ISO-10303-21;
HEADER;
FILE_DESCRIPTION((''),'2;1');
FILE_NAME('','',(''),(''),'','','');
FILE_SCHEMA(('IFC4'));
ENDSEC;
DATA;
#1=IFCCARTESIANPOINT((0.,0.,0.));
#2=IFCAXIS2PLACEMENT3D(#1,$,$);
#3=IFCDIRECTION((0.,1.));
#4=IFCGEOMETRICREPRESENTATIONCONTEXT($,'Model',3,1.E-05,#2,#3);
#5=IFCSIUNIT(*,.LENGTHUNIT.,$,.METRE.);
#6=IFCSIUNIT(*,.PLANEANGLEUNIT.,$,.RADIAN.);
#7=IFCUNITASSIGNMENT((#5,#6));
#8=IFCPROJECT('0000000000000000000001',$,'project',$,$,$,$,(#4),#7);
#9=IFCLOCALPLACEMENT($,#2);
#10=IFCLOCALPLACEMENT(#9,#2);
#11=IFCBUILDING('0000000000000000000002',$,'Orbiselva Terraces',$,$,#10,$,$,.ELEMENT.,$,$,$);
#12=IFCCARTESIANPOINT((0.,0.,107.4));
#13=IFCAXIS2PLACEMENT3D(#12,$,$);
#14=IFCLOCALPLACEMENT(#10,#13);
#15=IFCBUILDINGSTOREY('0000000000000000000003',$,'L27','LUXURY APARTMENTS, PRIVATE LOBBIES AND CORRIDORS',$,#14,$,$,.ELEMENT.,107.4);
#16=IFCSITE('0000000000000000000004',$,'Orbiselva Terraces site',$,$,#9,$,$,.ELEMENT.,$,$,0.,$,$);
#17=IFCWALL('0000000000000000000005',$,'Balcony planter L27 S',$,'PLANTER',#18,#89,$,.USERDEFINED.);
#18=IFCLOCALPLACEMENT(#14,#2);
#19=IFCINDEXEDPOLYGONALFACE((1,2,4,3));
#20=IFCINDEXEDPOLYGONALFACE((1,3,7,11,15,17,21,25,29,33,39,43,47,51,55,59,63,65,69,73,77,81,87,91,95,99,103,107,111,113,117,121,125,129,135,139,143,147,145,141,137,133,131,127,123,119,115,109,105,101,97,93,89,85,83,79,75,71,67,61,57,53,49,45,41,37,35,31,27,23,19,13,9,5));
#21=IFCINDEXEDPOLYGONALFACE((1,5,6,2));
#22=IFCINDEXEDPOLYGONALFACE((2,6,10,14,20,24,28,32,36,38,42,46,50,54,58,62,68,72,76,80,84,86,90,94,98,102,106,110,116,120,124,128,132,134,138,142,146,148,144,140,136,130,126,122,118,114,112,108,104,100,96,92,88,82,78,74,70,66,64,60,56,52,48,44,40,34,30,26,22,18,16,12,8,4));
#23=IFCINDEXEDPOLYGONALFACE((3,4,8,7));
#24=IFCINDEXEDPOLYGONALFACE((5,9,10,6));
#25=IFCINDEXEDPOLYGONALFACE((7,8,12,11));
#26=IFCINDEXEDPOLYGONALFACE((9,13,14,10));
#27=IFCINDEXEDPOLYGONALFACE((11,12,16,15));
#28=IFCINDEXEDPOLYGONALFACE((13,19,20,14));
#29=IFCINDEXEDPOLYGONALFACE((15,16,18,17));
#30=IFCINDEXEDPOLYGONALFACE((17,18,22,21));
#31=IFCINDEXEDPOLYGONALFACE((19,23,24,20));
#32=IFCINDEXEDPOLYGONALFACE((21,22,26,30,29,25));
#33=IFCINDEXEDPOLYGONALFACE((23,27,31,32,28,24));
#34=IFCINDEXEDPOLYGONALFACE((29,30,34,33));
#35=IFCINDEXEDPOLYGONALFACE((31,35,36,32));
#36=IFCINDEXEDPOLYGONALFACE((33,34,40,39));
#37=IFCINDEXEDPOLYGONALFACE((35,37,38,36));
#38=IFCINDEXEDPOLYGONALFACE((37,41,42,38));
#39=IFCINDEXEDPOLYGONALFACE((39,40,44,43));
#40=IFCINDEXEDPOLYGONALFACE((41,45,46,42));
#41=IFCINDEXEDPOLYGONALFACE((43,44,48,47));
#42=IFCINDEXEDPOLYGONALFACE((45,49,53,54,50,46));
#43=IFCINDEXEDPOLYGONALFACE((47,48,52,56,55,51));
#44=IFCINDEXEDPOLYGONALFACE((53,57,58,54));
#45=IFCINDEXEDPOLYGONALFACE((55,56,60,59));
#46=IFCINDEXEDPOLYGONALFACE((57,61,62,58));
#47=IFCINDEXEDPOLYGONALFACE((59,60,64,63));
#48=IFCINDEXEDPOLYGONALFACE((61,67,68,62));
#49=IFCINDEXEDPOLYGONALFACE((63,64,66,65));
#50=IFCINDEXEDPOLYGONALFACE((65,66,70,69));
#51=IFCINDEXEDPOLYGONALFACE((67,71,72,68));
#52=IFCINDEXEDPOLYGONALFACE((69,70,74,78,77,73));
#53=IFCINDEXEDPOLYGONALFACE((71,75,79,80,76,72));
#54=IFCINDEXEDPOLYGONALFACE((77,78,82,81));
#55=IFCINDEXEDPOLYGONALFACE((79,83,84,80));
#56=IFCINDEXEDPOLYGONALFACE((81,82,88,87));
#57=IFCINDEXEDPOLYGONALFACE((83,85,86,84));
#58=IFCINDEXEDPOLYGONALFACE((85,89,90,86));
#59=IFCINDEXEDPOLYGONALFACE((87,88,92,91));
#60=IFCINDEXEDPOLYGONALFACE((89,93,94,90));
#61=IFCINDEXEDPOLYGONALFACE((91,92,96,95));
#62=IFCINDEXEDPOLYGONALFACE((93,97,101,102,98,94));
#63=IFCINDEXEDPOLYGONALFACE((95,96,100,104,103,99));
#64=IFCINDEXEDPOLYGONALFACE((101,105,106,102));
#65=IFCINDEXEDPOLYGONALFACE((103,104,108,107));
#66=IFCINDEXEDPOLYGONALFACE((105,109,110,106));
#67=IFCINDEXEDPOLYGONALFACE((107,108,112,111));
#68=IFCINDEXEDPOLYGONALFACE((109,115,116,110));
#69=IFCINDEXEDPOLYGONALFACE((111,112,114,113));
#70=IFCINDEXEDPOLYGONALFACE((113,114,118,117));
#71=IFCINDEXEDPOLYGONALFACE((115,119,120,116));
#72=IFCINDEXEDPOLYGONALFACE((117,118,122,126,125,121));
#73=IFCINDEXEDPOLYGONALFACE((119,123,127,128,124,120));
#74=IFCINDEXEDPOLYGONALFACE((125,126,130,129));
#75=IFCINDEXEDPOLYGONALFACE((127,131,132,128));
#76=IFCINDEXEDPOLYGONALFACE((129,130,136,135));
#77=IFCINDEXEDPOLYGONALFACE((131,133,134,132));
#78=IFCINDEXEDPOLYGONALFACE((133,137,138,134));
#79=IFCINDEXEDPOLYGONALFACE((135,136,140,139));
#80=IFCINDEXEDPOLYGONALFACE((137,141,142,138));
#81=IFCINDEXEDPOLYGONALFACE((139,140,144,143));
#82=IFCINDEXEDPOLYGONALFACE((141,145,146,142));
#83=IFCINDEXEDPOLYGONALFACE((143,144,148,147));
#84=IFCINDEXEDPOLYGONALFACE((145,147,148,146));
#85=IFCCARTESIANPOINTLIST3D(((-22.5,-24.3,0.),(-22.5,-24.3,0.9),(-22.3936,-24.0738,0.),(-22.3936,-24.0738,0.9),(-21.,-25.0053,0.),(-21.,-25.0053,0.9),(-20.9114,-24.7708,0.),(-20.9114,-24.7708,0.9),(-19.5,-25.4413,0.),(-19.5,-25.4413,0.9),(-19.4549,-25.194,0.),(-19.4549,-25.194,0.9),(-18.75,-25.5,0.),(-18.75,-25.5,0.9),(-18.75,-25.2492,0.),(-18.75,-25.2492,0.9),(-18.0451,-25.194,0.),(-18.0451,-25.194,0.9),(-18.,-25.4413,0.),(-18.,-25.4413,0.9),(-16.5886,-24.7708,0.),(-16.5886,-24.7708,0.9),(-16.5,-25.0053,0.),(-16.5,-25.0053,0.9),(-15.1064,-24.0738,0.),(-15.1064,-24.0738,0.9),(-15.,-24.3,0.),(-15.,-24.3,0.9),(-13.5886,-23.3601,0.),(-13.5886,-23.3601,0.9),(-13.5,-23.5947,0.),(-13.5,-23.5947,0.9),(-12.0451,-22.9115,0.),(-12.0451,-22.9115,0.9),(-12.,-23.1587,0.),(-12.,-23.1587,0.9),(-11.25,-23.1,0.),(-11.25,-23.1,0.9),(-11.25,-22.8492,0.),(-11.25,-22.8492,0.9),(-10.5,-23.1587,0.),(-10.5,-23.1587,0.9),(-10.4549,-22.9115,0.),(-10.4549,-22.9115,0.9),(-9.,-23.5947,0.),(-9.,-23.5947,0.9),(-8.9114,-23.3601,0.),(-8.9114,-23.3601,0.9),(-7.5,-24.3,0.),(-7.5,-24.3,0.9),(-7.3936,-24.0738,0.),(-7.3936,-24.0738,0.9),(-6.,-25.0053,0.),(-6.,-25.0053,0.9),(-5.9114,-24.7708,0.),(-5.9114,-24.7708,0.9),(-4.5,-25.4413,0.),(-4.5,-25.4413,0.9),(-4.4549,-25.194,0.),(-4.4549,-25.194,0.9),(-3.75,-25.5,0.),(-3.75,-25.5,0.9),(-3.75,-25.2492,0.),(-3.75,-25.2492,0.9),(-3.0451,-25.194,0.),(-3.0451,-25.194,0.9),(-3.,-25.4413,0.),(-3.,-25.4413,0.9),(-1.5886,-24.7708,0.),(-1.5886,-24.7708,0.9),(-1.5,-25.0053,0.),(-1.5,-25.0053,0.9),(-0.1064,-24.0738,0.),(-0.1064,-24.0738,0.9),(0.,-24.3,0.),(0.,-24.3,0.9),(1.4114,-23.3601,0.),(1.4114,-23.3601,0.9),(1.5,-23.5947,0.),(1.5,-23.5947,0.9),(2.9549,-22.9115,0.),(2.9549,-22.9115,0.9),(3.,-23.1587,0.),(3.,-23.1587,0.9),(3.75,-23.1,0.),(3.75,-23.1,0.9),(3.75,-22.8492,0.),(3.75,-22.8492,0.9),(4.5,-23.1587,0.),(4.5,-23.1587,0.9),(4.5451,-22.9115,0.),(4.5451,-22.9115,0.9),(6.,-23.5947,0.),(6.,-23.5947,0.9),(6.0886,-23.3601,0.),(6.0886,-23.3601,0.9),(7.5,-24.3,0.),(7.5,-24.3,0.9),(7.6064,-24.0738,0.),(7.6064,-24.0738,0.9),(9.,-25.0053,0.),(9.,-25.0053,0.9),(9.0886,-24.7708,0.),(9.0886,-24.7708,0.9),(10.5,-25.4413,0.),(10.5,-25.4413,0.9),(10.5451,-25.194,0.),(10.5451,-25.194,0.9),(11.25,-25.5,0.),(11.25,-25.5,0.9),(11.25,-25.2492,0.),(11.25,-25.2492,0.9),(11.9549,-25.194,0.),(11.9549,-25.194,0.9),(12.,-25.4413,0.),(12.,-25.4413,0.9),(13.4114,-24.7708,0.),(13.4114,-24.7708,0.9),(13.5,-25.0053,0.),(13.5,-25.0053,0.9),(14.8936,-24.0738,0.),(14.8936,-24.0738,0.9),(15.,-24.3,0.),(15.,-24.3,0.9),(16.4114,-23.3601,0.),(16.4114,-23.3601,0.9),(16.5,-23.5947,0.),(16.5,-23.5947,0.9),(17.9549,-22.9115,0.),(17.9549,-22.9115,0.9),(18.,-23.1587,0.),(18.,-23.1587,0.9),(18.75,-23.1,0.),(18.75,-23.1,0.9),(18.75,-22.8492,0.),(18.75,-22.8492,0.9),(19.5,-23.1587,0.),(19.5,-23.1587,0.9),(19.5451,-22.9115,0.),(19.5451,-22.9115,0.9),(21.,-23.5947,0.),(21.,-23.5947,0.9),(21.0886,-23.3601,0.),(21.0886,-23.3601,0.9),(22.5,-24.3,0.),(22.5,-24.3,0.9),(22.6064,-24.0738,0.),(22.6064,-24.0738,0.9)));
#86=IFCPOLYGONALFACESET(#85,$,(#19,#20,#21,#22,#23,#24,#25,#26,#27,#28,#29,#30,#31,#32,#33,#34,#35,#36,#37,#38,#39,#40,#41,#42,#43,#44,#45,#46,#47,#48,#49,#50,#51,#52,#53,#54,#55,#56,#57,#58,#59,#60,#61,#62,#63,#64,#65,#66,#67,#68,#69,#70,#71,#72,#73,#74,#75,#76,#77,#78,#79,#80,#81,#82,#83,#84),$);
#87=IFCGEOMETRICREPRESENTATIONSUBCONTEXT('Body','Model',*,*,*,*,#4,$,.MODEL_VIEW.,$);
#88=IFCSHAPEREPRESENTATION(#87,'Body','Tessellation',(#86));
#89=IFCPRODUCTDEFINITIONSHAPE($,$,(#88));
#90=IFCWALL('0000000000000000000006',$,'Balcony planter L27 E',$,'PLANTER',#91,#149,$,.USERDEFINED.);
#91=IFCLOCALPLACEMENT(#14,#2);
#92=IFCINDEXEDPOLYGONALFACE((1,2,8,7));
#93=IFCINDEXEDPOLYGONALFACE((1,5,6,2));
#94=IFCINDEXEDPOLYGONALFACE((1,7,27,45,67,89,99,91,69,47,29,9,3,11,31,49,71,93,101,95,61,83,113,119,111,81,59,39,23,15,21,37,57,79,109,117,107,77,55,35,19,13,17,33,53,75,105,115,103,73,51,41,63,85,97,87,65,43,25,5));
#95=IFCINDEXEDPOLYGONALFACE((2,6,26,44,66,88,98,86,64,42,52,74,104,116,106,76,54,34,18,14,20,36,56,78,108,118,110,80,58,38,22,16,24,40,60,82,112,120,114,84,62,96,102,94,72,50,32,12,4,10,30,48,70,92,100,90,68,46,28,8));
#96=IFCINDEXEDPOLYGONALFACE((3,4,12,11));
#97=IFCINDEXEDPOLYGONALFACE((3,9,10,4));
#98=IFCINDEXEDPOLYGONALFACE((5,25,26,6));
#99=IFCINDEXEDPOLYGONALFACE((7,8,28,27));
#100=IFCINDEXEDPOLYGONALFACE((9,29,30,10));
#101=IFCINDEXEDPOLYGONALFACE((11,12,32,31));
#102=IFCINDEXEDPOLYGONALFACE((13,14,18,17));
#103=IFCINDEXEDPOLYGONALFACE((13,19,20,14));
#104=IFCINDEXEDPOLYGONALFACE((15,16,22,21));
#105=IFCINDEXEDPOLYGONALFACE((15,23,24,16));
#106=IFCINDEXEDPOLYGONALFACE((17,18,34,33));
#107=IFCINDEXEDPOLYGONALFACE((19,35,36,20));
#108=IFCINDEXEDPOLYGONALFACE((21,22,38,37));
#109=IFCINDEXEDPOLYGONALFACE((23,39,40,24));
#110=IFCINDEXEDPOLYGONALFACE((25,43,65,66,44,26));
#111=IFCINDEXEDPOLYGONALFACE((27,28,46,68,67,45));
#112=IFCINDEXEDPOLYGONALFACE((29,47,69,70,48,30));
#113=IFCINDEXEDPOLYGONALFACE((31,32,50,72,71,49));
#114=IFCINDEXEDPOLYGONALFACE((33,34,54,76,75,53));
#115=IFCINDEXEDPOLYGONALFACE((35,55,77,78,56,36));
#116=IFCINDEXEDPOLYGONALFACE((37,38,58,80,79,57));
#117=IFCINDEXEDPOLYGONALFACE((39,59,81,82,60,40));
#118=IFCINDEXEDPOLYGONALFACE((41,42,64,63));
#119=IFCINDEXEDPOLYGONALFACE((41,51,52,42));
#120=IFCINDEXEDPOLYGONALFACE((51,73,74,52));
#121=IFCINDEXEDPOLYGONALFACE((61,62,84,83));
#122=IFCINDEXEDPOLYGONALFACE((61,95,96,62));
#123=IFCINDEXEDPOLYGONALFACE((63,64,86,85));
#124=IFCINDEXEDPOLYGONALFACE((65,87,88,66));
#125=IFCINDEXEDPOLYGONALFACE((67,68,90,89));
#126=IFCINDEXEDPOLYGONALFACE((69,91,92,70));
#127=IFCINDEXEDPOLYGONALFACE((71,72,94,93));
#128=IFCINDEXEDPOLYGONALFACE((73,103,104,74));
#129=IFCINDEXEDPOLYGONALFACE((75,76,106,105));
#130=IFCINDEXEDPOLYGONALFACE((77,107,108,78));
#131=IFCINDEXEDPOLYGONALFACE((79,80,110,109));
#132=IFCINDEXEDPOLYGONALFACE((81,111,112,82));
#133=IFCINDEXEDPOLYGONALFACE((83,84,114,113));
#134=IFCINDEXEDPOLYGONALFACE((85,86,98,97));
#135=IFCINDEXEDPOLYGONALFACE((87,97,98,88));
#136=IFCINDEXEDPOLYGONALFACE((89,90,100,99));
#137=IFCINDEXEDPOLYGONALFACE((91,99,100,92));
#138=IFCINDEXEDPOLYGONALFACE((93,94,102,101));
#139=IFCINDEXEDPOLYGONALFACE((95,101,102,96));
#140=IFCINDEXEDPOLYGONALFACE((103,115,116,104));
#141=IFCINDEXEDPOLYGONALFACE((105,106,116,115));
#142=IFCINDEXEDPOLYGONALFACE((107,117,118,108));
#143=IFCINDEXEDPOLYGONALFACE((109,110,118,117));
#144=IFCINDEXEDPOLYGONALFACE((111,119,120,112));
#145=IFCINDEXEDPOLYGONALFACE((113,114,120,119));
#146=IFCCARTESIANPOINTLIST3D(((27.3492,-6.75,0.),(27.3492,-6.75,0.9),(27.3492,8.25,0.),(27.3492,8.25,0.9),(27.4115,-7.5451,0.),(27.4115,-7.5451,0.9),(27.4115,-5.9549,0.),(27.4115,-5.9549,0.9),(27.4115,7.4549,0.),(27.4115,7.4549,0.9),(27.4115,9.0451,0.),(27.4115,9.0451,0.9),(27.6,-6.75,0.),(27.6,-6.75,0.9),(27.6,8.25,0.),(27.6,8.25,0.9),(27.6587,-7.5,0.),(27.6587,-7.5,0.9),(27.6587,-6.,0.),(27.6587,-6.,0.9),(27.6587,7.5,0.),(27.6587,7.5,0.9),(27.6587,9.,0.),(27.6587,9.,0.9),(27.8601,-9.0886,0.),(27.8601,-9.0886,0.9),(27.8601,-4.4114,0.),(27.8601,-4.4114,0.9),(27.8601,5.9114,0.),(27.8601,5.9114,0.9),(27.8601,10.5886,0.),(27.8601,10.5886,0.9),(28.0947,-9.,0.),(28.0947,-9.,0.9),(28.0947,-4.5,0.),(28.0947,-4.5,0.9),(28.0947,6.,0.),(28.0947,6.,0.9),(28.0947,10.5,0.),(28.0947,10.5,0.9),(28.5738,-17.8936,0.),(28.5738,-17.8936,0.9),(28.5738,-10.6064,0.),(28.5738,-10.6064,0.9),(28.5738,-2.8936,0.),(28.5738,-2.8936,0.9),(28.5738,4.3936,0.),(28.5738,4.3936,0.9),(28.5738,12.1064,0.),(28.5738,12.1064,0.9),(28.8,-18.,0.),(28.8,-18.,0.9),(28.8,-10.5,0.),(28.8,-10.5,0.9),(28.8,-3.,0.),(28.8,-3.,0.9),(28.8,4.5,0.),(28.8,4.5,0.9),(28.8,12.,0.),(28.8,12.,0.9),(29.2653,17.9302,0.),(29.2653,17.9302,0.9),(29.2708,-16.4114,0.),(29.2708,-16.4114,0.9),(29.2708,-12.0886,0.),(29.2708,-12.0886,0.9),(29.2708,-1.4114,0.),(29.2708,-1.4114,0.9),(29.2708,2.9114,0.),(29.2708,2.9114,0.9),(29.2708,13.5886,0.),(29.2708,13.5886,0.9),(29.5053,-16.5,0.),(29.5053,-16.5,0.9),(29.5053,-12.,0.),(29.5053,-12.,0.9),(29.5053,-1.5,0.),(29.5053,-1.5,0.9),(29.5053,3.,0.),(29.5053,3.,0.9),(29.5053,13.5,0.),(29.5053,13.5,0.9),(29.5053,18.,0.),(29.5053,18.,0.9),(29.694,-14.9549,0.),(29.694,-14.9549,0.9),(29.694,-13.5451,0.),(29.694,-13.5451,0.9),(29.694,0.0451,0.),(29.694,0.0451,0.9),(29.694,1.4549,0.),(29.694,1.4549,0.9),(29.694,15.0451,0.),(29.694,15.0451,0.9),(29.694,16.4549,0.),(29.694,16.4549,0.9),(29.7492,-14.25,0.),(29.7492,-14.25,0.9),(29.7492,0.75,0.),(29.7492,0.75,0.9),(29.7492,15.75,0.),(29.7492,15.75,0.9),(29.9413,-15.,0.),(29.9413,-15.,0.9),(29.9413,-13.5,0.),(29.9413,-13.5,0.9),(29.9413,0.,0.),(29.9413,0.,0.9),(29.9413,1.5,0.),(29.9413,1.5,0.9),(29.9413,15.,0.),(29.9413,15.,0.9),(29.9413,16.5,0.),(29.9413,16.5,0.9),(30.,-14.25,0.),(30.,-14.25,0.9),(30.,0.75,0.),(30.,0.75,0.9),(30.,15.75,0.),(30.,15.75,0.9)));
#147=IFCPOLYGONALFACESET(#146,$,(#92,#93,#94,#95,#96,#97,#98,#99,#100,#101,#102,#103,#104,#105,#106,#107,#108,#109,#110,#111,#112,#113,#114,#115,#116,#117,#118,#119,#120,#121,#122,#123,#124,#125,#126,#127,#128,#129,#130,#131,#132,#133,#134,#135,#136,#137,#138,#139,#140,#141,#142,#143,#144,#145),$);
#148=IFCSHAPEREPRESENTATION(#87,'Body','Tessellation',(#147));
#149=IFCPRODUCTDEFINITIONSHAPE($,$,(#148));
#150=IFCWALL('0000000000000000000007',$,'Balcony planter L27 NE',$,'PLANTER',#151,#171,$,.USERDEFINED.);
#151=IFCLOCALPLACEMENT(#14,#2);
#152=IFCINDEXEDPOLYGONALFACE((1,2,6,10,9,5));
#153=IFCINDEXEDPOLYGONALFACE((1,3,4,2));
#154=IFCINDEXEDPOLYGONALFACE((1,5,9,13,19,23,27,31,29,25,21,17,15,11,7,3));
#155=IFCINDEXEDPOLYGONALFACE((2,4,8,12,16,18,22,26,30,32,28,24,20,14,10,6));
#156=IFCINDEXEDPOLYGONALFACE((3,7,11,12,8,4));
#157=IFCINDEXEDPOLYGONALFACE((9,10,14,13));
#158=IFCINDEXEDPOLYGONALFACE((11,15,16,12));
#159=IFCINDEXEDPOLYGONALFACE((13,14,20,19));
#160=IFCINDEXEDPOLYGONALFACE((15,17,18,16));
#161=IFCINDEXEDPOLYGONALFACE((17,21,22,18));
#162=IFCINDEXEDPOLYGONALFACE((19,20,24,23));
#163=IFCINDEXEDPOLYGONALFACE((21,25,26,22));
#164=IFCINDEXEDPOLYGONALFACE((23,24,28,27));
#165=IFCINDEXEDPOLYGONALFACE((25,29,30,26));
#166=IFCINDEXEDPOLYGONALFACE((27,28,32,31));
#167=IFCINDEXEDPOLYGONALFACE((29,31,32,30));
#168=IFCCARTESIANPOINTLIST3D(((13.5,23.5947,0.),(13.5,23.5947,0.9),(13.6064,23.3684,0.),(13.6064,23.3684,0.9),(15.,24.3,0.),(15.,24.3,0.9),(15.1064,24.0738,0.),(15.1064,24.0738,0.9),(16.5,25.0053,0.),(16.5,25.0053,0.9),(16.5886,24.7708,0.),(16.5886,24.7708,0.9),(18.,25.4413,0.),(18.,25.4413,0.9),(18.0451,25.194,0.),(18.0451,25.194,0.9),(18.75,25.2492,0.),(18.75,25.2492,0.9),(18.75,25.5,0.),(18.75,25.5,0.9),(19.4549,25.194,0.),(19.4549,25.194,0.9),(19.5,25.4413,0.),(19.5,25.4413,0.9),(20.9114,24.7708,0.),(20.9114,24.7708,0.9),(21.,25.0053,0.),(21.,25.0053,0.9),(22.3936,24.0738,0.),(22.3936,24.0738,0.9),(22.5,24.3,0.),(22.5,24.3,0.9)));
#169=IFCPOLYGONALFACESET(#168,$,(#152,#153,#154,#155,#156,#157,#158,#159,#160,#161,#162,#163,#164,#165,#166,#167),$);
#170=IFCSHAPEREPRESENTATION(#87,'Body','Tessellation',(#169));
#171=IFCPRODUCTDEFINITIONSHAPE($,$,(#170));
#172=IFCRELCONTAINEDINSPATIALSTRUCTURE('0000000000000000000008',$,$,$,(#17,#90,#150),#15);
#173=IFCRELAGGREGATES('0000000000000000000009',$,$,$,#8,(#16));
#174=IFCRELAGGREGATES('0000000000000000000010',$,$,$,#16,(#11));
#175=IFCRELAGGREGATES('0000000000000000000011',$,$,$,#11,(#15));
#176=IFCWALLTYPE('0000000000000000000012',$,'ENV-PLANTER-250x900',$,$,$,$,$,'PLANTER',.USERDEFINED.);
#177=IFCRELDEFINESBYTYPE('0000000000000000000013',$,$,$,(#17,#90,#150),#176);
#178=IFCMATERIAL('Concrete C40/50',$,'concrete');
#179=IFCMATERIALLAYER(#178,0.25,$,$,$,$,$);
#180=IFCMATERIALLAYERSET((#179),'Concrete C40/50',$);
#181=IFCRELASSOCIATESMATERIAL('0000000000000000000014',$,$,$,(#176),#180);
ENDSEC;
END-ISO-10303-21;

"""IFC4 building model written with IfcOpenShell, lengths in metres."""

from ifc_helpers import new_model, si_unit, direction, frame, origin, place, context, subcontext, project, spatial, polyline, outline, extrude, material, layer, layer_set, type_object, element, save


model = new_model("IFC4")

# Units and contexts
model_context = context("Model", 3, precision=1e-05, world=origin(), true_north=direction((0.0, 1.0)))
body_context = subcontext(model_context, "Body", "Model", "MODEL_VIEW")
ifc_project = project(units=[si_unit("LENGTHUNIT", "METRE"), si_unit("PLANEANGLEUNIT", "RADIAN")], contexts=[model_context])

# Site, building, storey
site_placement = place(None, origin())
site = spatial("IfcSite", under=ifc_project, at=site_placement, Name="Orbiselva Terraces site", CompositionType="ELEMENT", RefElevation=0.0)
building_placement = place(site_placement, origin())
building = spatial("IfcBuilding", under=site, at=building_placement, Name="Orbiselva Terraces", CompositionType="ELEMENT")
storey_placement = place(building_placement, frame((0.0, 0.0, 107.4)))
storey = spatial("IfcBuildingStorey", under=building, at=storey_placement, Name="L27", Description="LUXURY APARTMENTS, PRIVATE LOBBIES AND CORRIDORS", CompositionType="ELEMENT", Elevation=107.4)

# Shared definitions
ifc_material_1 = material(Name="Concrete C40/50", Category="concrete")

# Walls
ifc_layer_1 = layer(ifc_material_1, 0.25)
ifc_layer_set_1 = layer_set([ifc_layer_1], Name="Concrete C40/50")
wall_type = type_object("IfcWallType", Name="ENV-PLANTER-250x900", ElementType="PLANTER", PredefinedType="USERDEFINED", material=ifc_layer_set_1)
wall_1_placement = place(storey_placement, origin())
element("IfcWall", 1, at=wall_1_placement, inside=storey, type_object=wall_type, Name="Balcony planter L27 S", ObjectType="PLANTER", PredefinedType="USERDEFINED", context=body_context, shape_type="SweptSolid", body=[
    extrude(outline(polyline([(-22.5, -24.3), (-21.0, -25.0053), (-19.5, -25.4413), (-18.75, -25.5), (-18.0, -25.4413), (-16.5, -25.0053), (-15.0, -24.3), (-13.5, -23.5947), (-12.0, -23.1587), (-11.25, -23.1), (-10.5, -23.1587), (-9.0, -23.5947), (-7.5, -24.3), (-6.0, -25.0053), (-4.5, -25.4413), (-3.75, -25.5), (-3.0, -25.4413), (-1.5, -25.0053), (0.0, -24.3), (1.5, -23.5947), (3.0, -23.1587), (3.75, -23.1), (4.5, -23.1587), (6.0, -23.5947), (7.5, -24.3), (9.0, -25.0053), (10.5, -25.4413), (11.25, -25.5), (12.0, -25.4413), (13.5, -25.0053), (15.0, -24.3), (16.5, -23.5947), (18.0, -23.1587), (18.75, -23.1), (19.5, -23.1587), (21.0, -23.5947), (22.5, -24.3), (22.6064, -24.0738), (21.0886, -23.3601), (19.5451, -22.9115), (18.75, -22.8492), (17.9549, -22.9115), (16.4114, -23.3601), (14.8936, -24.0738), (13.4114, -24.7708), (11.9549, -25.194), (11.25, -25.2492), (10.5451, -25.194), (9.0886, -24.7708), (7.6064, -24.0738), (6.0886, -23.3601), (4.5451, -22.9115), (3.75, -22.8492), (2.9549, -22.9115), (1.4114, -23.3601), (-0.1064, -24.0738), (-1.5886, -24.7708), (-3.0451, -25.194), (-3.75, -25.2492), (-4.4549, -25.194), (-5.9114, -24.7708), (-7.3936, -24.0738), (-8.9114, -23.3601), (-10.4549, -22.9115), (-11.25, -22.8492), (-12.0451, -22.9115), (-13.5886, -23.3601), (-15.1064, -24.0738), (-16.5886, -24.7708), (-18.0451, -25.194), (-18.75, -25.2492), (-19.4549, -25.194), (-20.9114, -24.7708), (-22.3936, -24.0738), (-22.5, -24.3)])), origin(), (0.0, 0.0, 1.0), 0.9),
])
wall_2_placement = place(storey_placement, origin())
element("IfcWall", 2, at=wall_2_placement, inside=storey, type_object=wall_type, Name="Balcony planter L27 E", ObjectType="PLANTER", PredefinedType="USERDEFINED", context=body_context, shape_type="SweptSolid", body=[
    extrude(outline(polyline([(28.8, -18.0), (29.5053, -16.5), (29.9413, -15.0), (30.0, -14.25), (29.9413, -13.5), (29.5053, -12.0), (28.8, -10.5), (28.0947, -9.0), (27.6587, -7.5), (27.6, -6.75), (27.6587, -6.0), (28.0947, -4.5), (28.8, -3.0), (29.5053, -1.5), (29.9413, 0.0), (30.0, 0.75), (29.9413, 1.5), (29.5053, 3.0), (28.8, 4.5), (28.0947, 6.0), (27.6587, 7.5), (27.6, 8.25), (27.6587, 9.0), (28.0947, 10.5), (28.8, 12.0), (29.5053, 13.5), (29.9413, 15.0), (30.0, 15.75), (29.9413, 16.5), (29.5053, 18.0), (29.2653, 17.9302), (29.694, 16.4549), (29.7492, 15.75), (29.694, 15.0451), (29.2708, 13.5886), (28.5738, 12.1064), (27.8601, 10.5886), (27.4115, 9.0451), (27.3492, 8.25), (27.4115, 7.4549), (27.8601, 5.9114), (28.5738, 4.3936), (29.2708, 2.9114), (29.694, 1.4549), (29.7492, 0.75), (29.694, 0.0451), (29.2708, -1.4114), (28.5738, -2.8936), (27.8601, -4.4114), (27.4115, -5.9549), (27.3492, -6.75), (27.4115, -7.5451), (27.8601, -9.0886), (28.5738, -10.6064), (29.2708, -12.0886), (29.694, -13.5451), (29.7492, -14.25), (29.694, -14.9549), (29.2708, -16.4114), (28.5738, -17.8936), (28.8, -18.0)])), origin(), (0.0, 0.0, 1.0), 0.9),
])
wall_3_placement = place(storey_placement, origin())
element("IfcWall", 3, at=wall_3_placement, inside=storey, type_object=wall_type, Name="Balcony planter L27 NE", ObjectType="PLANTER", PredefinedType="USERDEFINED", context=body_context, shape_type="SweptSolid", body=[
    extrude(outline(polyline([(22.5, 24.3), (21.0, 25.0053), (19.5, 25.4413), (18.75, 25.5), (18.0, 25.4413), (16.5, 25.0053), (15.0, 24.3), (13.5, 23.5947), (13.6064, 23.3684), (15.1064, 24.0738), (16.5886, 24.7708), (18.0451, 25.194), (18.75, 25.2492), (19.4549, 25.194), (20.9114, 24.7708), (22.3936, 24.0738), (22.5, 24.3)])), origin(), (0.0, 0.0, 1.0), 0.9),
])

save(model, "model.ifc")
